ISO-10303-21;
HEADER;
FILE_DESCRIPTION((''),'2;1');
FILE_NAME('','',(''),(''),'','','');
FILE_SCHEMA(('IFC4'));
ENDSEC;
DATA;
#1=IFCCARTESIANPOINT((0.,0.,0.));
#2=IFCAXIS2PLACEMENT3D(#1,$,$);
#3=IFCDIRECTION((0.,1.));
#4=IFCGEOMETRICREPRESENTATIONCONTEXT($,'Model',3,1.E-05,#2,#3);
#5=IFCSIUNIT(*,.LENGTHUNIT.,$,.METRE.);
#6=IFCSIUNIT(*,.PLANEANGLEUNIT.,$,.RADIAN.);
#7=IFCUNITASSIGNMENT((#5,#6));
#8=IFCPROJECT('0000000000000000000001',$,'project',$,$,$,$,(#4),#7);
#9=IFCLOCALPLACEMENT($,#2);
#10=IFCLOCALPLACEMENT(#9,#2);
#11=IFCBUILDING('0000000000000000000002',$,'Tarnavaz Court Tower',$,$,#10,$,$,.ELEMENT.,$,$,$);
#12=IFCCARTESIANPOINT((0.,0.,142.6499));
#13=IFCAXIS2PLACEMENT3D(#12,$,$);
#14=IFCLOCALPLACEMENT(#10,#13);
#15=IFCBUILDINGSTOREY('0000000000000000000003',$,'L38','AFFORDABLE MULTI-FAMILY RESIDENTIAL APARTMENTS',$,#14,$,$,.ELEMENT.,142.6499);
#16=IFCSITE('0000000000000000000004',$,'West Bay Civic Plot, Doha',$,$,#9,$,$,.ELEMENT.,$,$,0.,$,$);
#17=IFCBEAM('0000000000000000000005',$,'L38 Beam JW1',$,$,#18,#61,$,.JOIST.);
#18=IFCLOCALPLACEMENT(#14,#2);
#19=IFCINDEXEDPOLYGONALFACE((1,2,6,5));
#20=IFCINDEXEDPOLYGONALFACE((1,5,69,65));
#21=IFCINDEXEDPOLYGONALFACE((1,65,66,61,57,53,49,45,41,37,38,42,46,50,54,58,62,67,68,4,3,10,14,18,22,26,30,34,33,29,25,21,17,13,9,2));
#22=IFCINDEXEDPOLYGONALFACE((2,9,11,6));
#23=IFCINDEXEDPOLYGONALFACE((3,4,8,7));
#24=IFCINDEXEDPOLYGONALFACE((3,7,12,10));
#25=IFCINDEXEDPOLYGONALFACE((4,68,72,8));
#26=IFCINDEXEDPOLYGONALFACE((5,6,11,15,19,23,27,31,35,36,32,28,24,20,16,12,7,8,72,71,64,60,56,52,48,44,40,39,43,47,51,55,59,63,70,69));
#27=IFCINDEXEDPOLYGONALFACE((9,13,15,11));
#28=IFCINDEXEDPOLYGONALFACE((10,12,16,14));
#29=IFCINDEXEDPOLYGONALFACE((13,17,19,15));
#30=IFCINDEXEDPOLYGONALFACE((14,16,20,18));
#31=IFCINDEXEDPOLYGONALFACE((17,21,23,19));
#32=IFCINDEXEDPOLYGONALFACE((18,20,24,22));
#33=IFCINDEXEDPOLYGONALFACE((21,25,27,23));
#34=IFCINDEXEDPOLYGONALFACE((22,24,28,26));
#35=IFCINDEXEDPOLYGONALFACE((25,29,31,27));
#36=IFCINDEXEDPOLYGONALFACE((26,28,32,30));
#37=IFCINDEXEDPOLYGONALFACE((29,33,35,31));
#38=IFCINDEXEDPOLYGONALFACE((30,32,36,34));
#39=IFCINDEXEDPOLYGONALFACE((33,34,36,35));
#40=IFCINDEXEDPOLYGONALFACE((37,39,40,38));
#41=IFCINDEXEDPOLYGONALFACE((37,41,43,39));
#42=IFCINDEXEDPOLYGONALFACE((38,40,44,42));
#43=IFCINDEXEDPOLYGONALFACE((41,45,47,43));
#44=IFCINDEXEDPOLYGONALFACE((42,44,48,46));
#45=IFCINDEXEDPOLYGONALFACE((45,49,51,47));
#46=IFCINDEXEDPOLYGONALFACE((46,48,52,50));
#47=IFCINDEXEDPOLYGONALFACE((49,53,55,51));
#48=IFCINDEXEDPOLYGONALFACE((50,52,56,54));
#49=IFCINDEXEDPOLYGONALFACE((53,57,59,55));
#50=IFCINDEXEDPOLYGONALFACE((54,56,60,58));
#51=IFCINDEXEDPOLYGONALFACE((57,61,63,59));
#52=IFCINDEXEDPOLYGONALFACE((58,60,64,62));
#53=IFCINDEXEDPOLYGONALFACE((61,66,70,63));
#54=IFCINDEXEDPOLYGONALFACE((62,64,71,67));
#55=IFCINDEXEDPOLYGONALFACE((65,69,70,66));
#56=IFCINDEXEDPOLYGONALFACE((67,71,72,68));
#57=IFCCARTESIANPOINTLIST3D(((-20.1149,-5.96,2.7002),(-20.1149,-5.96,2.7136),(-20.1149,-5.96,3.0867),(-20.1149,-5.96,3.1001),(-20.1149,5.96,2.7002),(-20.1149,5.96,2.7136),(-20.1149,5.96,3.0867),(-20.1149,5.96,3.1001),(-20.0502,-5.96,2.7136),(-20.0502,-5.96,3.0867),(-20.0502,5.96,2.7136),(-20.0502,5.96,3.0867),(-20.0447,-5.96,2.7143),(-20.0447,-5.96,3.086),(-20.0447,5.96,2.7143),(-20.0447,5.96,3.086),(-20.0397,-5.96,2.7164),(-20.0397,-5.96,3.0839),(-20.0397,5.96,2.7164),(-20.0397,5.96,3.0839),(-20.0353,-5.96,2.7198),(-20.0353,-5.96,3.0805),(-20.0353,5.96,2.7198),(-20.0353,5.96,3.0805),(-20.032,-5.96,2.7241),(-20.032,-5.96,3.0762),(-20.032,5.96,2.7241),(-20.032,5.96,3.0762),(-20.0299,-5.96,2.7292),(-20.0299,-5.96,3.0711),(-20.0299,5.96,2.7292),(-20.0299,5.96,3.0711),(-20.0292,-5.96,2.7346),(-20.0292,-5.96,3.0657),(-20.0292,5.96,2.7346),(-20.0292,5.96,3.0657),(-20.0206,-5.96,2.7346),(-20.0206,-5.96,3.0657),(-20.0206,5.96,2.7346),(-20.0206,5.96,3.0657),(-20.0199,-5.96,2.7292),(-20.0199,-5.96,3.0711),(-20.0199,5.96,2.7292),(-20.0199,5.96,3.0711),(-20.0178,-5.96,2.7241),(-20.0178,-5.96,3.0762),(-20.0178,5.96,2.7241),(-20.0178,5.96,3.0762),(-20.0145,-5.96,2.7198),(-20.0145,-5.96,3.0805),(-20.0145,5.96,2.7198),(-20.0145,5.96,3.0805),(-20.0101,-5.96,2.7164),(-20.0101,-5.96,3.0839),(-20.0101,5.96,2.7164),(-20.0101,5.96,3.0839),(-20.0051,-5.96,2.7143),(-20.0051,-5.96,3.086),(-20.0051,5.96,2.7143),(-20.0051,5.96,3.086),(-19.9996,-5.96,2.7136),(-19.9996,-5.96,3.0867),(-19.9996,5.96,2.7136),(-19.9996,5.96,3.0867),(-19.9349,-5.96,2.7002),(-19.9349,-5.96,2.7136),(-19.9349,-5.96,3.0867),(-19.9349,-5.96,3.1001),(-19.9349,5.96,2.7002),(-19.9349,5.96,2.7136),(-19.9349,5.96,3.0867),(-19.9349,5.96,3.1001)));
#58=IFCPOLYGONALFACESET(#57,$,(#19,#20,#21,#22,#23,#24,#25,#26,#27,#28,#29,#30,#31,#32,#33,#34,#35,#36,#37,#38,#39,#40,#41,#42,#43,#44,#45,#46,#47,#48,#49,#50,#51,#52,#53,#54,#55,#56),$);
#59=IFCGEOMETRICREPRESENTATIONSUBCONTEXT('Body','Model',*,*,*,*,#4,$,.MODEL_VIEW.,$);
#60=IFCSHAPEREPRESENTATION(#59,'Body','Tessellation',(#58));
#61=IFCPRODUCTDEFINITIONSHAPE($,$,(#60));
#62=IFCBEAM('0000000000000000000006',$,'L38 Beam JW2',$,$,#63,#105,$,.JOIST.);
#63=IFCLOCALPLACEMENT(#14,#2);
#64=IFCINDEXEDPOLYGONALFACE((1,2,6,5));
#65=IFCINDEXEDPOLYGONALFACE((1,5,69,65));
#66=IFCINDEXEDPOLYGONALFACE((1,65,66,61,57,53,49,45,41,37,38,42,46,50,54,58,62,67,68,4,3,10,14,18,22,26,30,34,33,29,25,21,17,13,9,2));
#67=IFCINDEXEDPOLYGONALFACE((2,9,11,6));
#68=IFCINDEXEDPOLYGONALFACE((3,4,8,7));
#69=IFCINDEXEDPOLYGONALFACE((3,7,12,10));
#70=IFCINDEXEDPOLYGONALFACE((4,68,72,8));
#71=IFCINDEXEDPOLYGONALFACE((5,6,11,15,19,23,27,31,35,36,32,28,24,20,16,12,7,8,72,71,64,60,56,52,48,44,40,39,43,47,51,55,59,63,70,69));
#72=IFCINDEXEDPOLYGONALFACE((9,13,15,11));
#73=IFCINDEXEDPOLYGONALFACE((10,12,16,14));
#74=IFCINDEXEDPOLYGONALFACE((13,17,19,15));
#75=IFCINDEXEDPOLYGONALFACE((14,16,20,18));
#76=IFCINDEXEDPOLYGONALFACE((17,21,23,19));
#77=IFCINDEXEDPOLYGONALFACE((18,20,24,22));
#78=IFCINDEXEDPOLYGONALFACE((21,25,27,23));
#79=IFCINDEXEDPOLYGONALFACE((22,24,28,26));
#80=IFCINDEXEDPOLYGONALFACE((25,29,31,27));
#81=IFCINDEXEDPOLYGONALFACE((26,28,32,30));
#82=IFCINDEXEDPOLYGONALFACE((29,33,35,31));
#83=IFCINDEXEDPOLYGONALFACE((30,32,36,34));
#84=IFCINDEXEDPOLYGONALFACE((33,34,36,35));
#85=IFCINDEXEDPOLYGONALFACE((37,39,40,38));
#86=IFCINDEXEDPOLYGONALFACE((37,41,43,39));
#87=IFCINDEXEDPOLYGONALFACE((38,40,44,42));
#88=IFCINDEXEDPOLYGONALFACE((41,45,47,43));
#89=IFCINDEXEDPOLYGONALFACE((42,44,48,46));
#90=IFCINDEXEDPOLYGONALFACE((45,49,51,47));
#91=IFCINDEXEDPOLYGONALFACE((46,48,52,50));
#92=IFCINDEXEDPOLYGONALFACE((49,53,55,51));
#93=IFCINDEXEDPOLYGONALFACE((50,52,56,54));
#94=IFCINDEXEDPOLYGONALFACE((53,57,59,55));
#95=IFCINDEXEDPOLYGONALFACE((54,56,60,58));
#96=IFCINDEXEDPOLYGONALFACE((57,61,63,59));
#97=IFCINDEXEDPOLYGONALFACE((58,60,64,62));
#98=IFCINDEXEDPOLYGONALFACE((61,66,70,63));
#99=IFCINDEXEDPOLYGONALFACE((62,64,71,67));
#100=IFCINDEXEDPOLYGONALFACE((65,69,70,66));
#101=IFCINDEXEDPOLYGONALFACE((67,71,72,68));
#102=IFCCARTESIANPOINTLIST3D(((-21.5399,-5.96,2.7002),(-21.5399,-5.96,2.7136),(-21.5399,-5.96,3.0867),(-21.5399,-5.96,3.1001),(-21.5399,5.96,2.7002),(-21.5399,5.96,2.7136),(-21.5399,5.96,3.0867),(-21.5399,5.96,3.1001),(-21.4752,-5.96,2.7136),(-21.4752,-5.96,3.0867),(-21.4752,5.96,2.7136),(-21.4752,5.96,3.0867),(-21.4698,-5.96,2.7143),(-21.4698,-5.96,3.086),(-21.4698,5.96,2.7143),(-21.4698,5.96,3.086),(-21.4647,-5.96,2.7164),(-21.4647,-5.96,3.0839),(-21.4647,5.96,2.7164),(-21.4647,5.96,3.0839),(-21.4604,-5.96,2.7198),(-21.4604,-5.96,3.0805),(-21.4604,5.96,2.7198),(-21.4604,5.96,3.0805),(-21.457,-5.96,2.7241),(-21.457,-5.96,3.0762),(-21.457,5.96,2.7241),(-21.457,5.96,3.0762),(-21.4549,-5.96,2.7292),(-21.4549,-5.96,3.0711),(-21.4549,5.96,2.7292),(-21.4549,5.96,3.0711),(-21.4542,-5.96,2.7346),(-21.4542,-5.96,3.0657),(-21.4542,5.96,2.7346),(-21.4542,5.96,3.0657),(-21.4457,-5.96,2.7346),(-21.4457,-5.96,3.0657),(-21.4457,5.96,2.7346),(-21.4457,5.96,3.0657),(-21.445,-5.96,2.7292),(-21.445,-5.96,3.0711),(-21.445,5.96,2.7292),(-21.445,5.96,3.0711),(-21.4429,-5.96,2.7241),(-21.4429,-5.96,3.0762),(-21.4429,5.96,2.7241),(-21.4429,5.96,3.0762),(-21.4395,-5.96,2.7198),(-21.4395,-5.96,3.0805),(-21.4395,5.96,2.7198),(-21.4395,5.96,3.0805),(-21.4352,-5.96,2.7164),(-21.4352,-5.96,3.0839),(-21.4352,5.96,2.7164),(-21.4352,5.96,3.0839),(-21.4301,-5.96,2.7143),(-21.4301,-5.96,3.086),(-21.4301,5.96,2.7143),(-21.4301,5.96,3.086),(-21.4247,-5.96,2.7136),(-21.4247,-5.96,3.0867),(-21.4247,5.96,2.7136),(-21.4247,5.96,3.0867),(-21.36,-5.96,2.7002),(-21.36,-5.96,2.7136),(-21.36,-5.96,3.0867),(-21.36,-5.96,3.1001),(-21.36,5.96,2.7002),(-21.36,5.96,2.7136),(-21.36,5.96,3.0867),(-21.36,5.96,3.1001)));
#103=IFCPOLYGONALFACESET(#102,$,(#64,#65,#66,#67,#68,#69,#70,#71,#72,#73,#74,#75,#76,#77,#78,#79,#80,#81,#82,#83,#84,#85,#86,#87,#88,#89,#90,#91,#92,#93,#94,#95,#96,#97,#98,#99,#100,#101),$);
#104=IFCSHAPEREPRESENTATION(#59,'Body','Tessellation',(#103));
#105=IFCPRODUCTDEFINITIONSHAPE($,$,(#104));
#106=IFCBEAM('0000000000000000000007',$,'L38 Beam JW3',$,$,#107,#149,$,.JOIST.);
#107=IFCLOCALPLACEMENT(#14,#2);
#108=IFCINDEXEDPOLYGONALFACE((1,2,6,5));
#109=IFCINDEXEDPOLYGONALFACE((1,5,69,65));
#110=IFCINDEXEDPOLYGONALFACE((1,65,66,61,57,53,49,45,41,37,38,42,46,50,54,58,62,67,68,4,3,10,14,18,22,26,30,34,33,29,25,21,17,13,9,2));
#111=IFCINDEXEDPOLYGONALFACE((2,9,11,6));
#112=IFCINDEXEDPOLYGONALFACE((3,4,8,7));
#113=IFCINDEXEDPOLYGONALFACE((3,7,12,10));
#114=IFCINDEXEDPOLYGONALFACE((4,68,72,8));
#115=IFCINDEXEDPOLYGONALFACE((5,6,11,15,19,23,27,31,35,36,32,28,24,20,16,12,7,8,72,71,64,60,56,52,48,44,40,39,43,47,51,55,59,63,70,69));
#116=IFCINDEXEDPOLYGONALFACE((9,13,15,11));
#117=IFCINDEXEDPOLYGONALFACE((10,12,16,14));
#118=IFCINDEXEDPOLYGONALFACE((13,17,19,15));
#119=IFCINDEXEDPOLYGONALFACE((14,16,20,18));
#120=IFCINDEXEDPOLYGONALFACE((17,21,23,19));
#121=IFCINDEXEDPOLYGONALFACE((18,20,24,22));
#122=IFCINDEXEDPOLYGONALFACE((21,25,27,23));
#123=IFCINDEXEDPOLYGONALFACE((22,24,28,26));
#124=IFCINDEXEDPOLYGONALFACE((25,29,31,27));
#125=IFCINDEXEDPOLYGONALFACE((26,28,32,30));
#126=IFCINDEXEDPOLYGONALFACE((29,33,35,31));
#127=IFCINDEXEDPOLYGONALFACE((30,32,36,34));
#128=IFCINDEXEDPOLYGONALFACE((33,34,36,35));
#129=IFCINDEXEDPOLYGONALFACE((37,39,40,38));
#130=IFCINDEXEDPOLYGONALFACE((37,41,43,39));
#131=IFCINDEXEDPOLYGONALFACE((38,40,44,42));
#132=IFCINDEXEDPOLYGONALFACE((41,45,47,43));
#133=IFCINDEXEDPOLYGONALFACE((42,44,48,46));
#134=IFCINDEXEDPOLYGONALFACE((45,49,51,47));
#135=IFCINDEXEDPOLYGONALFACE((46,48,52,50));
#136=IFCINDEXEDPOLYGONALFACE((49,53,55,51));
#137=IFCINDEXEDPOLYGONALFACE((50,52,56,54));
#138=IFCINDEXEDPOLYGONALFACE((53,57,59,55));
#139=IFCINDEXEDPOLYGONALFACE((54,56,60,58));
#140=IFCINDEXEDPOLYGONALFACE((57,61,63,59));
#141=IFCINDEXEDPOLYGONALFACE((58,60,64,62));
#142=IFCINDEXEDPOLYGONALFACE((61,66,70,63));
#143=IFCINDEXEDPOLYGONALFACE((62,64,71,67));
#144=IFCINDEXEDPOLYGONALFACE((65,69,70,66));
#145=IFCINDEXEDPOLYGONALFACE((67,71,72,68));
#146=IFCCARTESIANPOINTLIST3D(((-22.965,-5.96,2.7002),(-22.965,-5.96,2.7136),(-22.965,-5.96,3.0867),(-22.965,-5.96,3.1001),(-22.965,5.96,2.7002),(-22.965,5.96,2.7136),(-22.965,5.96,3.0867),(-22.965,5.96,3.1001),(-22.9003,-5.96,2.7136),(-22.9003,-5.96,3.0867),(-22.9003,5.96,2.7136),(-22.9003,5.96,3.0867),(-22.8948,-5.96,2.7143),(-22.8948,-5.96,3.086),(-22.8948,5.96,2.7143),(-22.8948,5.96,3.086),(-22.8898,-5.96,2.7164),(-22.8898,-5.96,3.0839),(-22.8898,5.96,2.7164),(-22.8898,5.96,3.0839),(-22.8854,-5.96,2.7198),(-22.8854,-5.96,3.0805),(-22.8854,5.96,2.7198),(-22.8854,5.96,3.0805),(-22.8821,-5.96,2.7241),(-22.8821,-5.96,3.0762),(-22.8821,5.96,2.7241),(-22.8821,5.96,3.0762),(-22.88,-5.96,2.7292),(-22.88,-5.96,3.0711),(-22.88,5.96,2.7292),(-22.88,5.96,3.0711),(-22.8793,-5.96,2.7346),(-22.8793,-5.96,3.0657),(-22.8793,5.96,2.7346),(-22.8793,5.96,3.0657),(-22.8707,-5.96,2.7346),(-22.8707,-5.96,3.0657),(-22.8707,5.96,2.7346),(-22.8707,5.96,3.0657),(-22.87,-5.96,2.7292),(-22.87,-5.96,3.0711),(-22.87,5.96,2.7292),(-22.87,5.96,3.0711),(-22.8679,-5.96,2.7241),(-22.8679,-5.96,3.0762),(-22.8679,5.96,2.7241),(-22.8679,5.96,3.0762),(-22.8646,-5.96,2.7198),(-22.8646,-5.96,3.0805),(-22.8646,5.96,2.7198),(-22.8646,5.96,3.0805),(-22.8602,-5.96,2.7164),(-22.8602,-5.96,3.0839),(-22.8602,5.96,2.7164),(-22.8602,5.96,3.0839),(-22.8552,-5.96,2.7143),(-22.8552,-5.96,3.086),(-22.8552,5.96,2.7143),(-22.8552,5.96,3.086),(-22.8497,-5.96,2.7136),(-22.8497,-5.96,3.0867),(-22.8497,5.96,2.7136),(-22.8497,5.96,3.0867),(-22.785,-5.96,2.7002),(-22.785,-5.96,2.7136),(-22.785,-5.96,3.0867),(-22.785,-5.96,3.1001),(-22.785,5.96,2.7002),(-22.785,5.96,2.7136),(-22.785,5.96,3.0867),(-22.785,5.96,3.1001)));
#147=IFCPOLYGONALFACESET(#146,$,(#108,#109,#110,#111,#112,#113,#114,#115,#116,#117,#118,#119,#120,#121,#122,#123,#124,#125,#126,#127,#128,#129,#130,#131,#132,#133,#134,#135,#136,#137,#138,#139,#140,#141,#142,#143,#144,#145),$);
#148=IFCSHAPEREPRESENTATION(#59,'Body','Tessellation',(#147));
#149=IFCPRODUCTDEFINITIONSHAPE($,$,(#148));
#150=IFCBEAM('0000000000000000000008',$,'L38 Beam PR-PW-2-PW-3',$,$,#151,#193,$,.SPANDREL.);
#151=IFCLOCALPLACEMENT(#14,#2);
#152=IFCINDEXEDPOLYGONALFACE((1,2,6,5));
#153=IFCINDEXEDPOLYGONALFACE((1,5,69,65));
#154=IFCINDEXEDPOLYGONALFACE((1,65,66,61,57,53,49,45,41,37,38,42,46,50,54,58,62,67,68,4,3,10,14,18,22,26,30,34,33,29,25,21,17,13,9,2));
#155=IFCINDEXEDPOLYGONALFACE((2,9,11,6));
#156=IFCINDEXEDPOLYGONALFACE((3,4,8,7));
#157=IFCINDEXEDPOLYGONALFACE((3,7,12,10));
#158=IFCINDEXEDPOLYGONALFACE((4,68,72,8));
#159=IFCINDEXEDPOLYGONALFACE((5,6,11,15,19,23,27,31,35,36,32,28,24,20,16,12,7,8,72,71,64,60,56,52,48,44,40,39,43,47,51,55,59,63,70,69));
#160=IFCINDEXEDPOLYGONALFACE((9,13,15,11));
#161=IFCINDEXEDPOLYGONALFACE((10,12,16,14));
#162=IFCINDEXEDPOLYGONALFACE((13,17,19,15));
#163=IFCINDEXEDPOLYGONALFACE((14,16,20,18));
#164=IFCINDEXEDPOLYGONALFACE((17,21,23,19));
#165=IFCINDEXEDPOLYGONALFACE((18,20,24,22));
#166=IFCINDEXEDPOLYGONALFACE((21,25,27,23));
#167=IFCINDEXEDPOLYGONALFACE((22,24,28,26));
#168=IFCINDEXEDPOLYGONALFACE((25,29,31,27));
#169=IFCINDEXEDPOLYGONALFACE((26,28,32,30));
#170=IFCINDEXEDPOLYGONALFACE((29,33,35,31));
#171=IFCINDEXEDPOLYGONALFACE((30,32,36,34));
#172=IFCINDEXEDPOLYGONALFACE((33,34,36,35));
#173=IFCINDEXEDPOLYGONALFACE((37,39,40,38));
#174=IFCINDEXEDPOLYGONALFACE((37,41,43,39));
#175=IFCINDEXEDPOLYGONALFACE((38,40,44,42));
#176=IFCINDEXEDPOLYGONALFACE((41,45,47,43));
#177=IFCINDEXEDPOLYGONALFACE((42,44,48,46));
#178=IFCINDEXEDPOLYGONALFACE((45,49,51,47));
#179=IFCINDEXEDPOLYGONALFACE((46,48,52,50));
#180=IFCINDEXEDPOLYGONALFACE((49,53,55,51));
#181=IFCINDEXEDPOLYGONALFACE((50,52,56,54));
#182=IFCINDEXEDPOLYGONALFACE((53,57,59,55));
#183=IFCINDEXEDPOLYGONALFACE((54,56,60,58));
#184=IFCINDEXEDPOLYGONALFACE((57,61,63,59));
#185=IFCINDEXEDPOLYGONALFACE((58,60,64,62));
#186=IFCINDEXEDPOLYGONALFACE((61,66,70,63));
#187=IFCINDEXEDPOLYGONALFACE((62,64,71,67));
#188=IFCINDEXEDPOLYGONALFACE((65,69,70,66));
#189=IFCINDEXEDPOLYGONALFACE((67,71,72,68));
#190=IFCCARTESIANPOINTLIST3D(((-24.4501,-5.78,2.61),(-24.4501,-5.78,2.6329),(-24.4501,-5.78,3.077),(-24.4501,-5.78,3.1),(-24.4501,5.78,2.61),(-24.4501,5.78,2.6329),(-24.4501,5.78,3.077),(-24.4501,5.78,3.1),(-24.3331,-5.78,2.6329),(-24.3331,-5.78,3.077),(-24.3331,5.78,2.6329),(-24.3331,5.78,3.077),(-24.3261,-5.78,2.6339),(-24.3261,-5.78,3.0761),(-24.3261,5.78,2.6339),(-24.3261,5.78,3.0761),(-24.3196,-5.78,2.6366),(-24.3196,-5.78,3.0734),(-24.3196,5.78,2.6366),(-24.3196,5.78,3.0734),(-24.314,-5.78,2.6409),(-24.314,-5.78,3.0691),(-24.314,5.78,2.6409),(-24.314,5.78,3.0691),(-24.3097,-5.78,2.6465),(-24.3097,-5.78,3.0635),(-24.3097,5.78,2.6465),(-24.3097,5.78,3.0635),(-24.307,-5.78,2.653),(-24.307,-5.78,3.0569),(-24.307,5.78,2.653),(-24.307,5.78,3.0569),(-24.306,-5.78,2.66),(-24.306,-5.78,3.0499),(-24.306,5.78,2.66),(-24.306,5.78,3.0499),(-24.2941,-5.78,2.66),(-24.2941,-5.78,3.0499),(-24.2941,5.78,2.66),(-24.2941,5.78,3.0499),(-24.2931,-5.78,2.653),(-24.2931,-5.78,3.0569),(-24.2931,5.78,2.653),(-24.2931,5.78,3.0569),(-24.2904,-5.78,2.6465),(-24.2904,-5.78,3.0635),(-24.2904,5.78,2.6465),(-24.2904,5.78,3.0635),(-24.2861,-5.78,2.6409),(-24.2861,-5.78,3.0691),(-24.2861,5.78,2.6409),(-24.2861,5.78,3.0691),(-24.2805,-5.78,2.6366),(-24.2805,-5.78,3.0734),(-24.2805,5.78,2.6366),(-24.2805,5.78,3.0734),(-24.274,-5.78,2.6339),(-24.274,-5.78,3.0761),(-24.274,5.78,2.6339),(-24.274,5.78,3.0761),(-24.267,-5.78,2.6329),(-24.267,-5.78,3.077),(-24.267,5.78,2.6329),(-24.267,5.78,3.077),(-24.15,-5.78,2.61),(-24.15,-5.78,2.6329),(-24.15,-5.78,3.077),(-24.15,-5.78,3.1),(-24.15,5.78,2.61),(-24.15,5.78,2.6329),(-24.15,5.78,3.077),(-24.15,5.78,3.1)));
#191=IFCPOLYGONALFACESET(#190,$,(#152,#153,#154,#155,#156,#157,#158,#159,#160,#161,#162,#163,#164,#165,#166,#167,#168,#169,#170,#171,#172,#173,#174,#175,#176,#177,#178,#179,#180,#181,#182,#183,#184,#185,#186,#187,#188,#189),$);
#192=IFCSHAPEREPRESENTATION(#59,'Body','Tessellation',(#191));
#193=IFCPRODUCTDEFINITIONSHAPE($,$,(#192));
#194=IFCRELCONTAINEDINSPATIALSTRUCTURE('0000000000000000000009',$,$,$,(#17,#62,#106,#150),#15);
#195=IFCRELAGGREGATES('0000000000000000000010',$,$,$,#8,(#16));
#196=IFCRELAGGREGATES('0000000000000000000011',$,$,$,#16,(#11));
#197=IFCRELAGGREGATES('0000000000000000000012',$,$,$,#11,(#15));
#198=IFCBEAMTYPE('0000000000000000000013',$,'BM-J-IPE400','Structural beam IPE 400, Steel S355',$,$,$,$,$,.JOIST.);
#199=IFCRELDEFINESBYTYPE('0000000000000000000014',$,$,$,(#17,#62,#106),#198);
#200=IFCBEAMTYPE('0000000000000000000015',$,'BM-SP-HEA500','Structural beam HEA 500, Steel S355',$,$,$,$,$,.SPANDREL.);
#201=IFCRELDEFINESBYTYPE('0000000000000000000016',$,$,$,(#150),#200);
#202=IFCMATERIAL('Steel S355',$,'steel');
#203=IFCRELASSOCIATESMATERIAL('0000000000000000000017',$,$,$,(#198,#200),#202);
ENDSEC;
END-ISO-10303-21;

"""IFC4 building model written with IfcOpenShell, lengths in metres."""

from ifc_helpers import new_model, si_unit, direction, frame, origin, origin_2d, place, context, subcontext, project, spatial, i_section, extrude, material, material_profile, profile_set, type_object, element, save


model = new_model("IFC4")

# Units and contexts
model_context = context("Model", 3, precision=1e-05, world=origin(), true_north=direction((0.0, 1.0)))
body_context = subcontext(model_context, "Body", "Model", "MODEL_VIEW")
ifc_project = project(units=[si_unit("LENGTHUNIT", "METRE"), si_unit("PLANEANGLEUNIT", "RADIAN")], contexts=[model_context])

# Site, building, storey
site_placement = place(None, origin())
site = spatial("IfcSite", under=ifc_project, at=site_placement, Name="West Bay Civic Plot, Doha", CompositionType="ELEMENT", RefElevation=0.0)
building_placement = place(site_placement, origin())
building = spatial("IfcBuilding", under=site, at=building_placement, Name="Tarnavaz Court Tower", CompositionType="ELEMENT")
storey_placement = place(building_placement, frame((0.0, 0.0, 142.6499)))
storey = spatial("IfcBuildingStorey", under=building, at=storey_placement, Name="L38", Description="AFFORDABLE MULTI-FAMILY RESIDENTIAL APARTMENTS", CompositionType="ELEMENT", Elevation=142.6499)

# Beams
ifc_material_1 = material(Name="Steel S355", Category="steel")
ifc_material_profile_1 = material_profile(ifc_material_1, i_section(OverallWidth=0.1799, OverallDepth=0.3999, WebThickness=0.0085, FlangeThickness=0.0134, FilletRadius=0.021, at=origin_2d()), Name="IPE 400")
ifc_profile_set_1 = profile_set([ifc_material_profile_1], Name="Steel S355")
beam_type_1 = type_object("IfcBeamType", Name="BM-J-IPE400", Description="Structural beam IPE 400, Steel S355", PredefinedType="JOIST", material=ifc_profile_set_1)
for number, where, z_axis, x_axis, name in (
    (1, (-20.0249, -5.96, 2.9001), (0.0, 1.0, 0.0), (-1.0, 0.0, 0.0), "L38 Beam JW1"),
    (2, (-21.45, -5.96, 2.9001), (0.0, 1.0, 0.0), (-1.0, 0.0, 0.0), "L38 Beam JW2"),
    (3, (-22.875, -5.96, 2.9001), (0.0, 1.0, 0.0), (-1.0, 0.0, 0.0), "L38 Beam JW3"),
):
    element("IfcBeam", number, at=place(storey_placement, frame(where, z_axis=z_axis, x_axis=x_axis)), inside=storey, type_object=beam_type_1, Name=name, PredefinedType="JOIST", context=body_context, shape_type="SweptSolid", body=[
        extrude(i_section(OverallWidth=0.1799, OverallDepth=0.3999, WebThickness=0.0085, FlangeThickness=0.0134, FilletRadius=0.021, at=origin_2d()), origin(), (0.0, 0.0, 1.0), 11.9199),
    ])
ifc_material_profile_2 = material_profile(ifc_material_1, i_section(OverallWidth=0.3, OverallDepth=0.49, WebThickness=0.012, FlangeThickness=0.0229, FilletRadius=0.0271, at=origin_2d()), Name="HEA 500")
ifc_profile_set_2 = profile_set([ifc_material_profile_2], Name="Steel S355")
beam_type_2 = type_object("IfcBeamType", Name="BM-SP-HEA500", Description="Structural beam HEA 500, Steel S355", PredefinedType="SPANDREL", material=ifc_profile_set_2)
beam_1_placement = place(storey_placement, frame((-24.3, -5.78, 2.855), z_axis=(0.0, 1.0, 0.0), x_axis=(-1.0, 0.0, 0.0)))
element("IfcBeam", 4, at=beam_1_placement, inside=storey, type_object=beam_type_2, Name="L38 Beam PR-PW-2-PW-3", PredefinedType="SPANDREL", context=body_context, shape_type="SweptSolid", body=[
    extrude(i_section(OverallWidth=0.3, OverallDepth=0.49, WebThickness=0.012, FlangeThickness=0.0229, FilletRadius=0.0271, at=origin_2d()), origin(), (0.0, 0.0, 1.0), 11.5601),
])

save(model, "model.ifc")
